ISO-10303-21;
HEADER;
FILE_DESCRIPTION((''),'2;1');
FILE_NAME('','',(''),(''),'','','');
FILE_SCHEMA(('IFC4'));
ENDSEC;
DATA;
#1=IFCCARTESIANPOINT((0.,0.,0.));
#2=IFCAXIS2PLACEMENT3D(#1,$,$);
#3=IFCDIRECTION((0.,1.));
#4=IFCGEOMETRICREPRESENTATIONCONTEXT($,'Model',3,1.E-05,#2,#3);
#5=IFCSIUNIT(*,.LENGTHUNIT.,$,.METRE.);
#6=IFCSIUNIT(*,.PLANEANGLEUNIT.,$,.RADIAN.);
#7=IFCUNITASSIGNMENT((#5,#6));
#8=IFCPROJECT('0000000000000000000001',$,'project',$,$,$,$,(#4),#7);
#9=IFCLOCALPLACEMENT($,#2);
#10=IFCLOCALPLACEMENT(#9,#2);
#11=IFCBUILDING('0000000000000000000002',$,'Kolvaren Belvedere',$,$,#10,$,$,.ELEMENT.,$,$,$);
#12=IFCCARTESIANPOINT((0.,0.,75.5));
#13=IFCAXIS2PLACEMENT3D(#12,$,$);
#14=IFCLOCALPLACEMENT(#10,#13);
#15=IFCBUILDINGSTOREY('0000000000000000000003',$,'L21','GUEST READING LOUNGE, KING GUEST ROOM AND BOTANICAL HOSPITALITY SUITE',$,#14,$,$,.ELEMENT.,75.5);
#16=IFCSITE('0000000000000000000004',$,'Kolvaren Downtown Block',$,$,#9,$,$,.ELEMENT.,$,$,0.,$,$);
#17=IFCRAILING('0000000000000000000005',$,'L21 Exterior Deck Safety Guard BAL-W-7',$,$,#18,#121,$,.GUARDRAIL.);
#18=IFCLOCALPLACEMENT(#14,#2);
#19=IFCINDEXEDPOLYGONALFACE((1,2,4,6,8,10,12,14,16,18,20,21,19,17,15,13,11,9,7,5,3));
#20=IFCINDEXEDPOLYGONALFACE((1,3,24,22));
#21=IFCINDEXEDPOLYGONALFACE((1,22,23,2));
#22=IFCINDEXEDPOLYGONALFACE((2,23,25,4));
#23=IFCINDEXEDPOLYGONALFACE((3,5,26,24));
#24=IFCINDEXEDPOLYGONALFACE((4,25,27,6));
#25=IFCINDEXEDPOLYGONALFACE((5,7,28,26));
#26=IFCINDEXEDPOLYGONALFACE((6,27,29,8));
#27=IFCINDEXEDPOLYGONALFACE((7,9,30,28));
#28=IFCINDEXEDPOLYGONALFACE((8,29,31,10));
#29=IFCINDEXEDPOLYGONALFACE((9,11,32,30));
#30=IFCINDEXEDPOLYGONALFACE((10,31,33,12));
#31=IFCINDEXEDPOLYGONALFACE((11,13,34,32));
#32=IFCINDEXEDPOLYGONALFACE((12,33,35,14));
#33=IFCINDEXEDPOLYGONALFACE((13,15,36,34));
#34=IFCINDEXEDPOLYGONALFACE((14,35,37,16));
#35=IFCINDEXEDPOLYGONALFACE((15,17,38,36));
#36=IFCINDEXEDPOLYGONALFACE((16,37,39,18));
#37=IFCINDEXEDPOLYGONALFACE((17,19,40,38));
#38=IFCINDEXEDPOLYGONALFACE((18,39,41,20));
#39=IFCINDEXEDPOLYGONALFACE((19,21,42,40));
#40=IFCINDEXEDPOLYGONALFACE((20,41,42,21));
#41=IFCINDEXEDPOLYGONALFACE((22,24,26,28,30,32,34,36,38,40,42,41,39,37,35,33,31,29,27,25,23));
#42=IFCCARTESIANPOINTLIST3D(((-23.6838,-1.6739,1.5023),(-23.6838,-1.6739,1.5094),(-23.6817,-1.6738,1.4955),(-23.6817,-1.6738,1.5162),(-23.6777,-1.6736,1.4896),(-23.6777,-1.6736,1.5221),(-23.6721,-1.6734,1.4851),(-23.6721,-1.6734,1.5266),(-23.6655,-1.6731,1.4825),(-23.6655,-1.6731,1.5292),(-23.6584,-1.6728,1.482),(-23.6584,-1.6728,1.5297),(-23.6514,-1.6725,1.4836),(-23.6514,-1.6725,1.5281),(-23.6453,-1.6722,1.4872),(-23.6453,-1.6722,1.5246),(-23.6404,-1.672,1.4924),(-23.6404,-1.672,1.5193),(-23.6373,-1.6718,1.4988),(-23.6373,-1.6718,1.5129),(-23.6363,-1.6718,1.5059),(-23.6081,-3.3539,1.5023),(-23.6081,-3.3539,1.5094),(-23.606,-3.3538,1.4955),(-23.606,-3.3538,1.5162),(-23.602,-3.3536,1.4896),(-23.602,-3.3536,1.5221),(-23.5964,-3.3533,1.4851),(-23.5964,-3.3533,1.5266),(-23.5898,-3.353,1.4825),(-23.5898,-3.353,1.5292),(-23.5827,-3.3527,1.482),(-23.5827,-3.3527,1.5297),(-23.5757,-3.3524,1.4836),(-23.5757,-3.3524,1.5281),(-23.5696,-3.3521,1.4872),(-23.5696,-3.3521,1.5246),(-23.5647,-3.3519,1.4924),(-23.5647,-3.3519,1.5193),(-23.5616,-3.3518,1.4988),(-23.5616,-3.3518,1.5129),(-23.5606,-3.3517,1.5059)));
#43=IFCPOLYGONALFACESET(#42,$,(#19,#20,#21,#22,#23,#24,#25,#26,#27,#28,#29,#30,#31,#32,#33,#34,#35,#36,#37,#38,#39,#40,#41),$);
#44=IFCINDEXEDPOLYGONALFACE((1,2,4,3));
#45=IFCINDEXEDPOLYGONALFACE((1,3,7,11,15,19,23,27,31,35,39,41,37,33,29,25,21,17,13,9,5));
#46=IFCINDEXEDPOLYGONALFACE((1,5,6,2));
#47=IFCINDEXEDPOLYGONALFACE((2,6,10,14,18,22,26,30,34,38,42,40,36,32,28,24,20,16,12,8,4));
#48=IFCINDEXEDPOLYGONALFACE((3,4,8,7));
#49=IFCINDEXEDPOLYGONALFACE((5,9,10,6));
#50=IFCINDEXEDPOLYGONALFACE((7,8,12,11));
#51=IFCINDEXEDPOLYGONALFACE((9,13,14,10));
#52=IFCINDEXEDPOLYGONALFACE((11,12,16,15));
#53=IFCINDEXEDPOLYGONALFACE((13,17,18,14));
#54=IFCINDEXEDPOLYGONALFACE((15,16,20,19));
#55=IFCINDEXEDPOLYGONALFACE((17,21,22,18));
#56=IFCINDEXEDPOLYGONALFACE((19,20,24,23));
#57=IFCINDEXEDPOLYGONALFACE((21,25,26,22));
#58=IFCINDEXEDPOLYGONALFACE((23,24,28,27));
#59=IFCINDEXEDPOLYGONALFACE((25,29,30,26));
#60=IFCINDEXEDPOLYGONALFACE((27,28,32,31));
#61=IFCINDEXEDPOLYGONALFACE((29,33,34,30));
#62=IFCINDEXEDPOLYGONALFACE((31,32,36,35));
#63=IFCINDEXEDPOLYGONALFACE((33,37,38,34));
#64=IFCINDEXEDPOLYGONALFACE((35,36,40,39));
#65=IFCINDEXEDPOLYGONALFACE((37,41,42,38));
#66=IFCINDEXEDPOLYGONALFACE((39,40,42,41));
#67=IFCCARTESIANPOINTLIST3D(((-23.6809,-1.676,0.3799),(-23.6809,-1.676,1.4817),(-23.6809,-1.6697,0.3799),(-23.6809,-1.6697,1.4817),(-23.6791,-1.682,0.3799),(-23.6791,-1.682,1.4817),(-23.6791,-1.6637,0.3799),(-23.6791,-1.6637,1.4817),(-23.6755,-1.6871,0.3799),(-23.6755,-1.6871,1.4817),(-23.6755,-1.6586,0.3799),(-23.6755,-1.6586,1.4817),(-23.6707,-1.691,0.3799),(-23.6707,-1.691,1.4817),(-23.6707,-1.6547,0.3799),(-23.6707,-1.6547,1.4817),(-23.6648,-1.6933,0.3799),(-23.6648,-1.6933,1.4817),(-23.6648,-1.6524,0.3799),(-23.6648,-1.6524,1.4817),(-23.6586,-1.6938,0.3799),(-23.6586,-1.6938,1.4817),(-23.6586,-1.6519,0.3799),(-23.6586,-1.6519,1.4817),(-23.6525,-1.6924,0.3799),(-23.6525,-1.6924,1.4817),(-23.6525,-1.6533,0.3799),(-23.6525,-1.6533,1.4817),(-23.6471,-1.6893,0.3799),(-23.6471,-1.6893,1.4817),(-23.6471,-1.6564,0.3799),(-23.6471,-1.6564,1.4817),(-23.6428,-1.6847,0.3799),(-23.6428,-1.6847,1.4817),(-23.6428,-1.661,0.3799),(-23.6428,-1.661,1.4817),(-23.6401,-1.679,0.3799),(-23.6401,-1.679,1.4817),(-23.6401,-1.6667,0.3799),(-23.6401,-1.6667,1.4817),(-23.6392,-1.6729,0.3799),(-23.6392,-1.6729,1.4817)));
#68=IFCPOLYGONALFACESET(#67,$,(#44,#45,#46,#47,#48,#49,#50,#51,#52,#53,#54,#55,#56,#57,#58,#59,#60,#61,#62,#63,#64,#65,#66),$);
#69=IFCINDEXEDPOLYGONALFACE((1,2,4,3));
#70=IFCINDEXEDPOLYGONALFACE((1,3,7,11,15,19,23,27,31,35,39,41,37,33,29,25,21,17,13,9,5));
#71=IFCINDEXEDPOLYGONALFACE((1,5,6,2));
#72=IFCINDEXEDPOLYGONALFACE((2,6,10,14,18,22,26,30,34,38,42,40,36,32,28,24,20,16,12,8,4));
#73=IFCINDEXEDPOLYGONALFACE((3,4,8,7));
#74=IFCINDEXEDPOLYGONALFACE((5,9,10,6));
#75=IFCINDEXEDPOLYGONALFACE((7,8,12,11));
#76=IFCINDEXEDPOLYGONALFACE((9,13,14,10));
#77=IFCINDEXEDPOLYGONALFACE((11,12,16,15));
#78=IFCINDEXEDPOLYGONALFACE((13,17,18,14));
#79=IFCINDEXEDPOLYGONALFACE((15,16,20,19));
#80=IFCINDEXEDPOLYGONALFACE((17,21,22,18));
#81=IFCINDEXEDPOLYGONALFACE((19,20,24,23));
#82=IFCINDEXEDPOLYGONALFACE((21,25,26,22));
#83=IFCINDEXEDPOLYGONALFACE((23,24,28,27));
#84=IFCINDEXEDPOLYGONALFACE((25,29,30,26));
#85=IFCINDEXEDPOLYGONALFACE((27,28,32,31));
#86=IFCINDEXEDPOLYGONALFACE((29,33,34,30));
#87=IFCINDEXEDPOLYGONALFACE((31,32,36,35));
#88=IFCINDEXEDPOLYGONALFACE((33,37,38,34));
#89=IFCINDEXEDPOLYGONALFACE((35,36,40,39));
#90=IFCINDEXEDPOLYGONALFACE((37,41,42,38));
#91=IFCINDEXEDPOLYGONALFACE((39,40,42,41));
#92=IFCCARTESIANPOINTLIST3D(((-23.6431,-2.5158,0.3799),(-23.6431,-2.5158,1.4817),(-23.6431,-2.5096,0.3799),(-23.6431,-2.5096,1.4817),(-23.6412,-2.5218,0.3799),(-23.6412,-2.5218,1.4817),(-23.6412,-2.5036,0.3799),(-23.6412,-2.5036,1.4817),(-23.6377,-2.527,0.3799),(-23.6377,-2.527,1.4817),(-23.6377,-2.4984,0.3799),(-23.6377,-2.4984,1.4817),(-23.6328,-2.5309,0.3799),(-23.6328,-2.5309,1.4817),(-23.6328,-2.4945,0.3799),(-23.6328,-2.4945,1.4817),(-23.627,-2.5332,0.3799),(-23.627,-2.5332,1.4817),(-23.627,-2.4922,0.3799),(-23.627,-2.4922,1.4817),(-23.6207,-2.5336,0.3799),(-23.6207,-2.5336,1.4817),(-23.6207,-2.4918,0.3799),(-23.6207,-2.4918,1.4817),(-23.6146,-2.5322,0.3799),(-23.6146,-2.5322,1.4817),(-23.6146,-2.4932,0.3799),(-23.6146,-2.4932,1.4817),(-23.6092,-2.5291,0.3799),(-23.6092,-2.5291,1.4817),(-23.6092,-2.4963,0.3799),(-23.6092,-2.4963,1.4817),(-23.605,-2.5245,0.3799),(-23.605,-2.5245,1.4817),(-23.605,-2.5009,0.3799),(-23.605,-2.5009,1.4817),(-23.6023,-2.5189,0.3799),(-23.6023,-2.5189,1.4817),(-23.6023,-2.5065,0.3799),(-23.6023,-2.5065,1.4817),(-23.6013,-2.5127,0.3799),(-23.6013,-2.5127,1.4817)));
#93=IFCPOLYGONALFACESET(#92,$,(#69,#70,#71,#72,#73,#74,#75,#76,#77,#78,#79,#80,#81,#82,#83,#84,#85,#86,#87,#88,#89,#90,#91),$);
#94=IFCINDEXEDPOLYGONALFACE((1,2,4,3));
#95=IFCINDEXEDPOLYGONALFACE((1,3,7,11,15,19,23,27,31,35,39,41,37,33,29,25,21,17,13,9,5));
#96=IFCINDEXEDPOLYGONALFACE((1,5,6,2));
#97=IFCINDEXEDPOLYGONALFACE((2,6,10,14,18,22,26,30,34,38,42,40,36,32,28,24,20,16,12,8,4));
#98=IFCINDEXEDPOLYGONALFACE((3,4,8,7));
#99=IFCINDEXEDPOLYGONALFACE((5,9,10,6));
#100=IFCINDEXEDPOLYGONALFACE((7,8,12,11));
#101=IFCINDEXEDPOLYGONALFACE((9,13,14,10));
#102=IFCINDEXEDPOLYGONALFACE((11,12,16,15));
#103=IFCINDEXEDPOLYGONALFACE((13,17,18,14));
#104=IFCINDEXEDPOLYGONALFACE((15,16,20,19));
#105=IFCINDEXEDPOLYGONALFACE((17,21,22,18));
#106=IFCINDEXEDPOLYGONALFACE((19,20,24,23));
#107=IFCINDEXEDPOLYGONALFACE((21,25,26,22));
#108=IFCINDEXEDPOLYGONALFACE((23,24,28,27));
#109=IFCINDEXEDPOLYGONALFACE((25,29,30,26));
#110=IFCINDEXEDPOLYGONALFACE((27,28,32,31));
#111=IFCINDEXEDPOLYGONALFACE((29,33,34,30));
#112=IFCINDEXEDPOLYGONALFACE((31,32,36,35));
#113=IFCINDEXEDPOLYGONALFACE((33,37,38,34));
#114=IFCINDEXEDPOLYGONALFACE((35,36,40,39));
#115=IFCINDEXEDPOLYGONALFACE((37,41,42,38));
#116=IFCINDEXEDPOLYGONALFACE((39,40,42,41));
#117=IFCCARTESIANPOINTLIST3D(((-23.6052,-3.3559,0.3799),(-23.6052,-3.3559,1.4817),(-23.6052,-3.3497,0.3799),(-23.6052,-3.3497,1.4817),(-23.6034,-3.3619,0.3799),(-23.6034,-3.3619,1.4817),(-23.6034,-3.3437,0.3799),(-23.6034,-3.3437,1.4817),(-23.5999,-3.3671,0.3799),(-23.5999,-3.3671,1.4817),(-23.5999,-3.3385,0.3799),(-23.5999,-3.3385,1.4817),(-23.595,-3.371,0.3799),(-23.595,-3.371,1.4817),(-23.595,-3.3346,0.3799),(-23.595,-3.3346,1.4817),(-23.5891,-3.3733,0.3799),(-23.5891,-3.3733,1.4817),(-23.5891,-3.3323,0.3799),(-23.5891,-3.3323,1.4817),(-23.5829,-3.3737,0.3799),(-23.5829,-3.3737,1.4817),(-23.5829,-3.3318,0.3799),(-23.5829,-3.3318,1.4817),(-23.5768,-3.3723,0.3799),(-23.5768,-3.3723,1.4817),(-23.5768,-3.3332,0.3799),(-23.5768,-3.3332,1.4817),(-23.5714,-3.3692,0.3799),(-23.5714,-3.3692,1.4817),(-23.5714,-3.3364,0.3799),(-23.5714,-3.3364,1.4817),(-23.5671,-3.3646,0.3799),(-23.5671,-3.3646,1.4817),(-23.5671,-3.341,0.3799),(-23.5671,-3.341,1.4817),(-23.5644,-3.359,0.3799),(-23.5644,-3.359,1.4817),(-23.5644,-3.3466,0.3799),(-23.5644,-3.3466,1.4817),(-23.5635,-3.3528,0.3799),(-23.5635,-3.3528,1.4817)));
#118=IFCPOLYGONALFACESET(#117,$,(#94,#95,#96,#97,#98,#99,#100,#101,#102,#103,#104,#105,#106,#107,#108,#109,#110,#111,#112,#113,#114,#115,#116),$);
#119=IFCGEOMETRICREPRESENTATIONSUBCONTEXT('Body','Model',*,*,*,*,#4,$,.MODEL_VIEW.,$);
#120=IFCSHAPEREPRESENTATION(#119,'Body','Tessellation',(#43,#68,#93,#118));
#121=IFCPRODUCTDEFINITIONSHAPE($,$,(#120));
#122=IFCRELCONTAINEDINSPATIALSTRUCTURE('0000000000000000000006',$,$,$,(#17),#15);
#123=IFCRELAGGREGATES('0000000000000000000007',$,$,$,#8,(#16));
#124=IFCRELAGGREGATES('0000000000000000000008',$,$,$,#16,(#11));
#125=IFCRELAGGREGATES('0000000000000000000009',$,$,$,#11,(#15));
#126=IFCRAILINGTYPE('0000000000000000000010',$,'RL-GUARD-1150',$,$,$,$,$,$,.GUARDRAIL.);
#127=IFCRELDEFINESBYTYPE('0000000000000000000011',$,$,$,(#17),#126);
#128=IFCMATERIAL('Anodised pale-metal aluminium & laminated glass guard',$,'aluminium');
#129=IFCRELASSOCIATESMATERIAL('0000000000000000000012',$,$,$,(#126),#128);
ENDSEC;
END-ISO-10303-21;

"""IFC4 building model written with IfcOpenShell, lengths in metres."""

from ifc_helpers import new_model, si_unit, direction, frame, origin, origin_2d, place, context, subcontext, project, spatial, circle, extrude, material, type_object, element, save


model = new_model("IFC4")

# Units and contexts
model_context = context("Model", 3, precision=1e-05, world=origin(), true_north=direction((0.0, 1.0)))
body_context = subcontext(model_context, "Body", "Model", "MODEL_VIEW")
ifc_project = project(units=[si_unit("LENGTHUNIT", "METRE"), si_unit("PLANEANGLEUNIT", "RADIAN")], contexts=[model_context])

# Site, building, storey
site_placement = place(None, origin())
site = spatial("IfcSite", under=ifc_project, at=site_placement, Name="Kolvaren Downtown Block", CompositionType="ELEMENT", RefElevation=0.0)
building_placement = place(site_placement, origin())
building = spatial("IfcBuilding", under=site, at=building_placement, Name="Kolvaren Belvedere", CompositionType="ELEMENT")
storey_placement = place(building_placement, frame((0.0, 0.0, 75.5)))
storey = spatial("IfcBuildingStorey", under=building, at=storey_placement, Name="L21", Description="GUEST READING LOUNGE, KING GUEST ROOM AND BOTANICAL HOSPITALITY SUITE", CompositionType="ELEMENT", Elevation=75.5)

# Railing
ifc_material_1 = material(Name="Anodised pale-metal aluminium & laminated glass guard", Category="aluminium")
railing_type = type_object("IfcRailingType", Name="RL-GUARD-1150", PredefinedType="GUARDRAIL", material=ifc_material_1)
railing_1_placement = place(storey_placement, frame((-23.6602, -1.6729, 0.3799)))
element("IfcRailing", 1, at=railing_1_placement, inside=storey, type_object=railing_type, Name="L21 Exterior Deck Safety Guard BAL-W-7", PredefinedType="GUARDRAIL", context=body_context, shape_type="SweptSolid", body=[
    extrude(circle(Radius=0.0239, at=origin_2d()), frame((0.0, 0.0, 1.126), z_axis=(0.045006, -0.998987, 0.0), x_axis=(0.998987, 0.045006, 0.0)), (0.0, 0.0, 1.0), 1.6816),
    extrude(circle(Radius=0.021, at=origin_2d()), origin(), (0.0, 0.0, 1.0), 1.1018),
    extrude(circle(Radius=0.021, at=origin_2d()), frame((0.0378, -0.8398, 0.0)), (0.0, 0.0, 1.0), 1.1018),
    extrude(circle(Radius=0.021, at=origin_2d()), frame((0.0757, -1.6799, 0.0)), (0.0, 0.0, 1.0), 1.1018),
])

save(model, "model.ifc")
